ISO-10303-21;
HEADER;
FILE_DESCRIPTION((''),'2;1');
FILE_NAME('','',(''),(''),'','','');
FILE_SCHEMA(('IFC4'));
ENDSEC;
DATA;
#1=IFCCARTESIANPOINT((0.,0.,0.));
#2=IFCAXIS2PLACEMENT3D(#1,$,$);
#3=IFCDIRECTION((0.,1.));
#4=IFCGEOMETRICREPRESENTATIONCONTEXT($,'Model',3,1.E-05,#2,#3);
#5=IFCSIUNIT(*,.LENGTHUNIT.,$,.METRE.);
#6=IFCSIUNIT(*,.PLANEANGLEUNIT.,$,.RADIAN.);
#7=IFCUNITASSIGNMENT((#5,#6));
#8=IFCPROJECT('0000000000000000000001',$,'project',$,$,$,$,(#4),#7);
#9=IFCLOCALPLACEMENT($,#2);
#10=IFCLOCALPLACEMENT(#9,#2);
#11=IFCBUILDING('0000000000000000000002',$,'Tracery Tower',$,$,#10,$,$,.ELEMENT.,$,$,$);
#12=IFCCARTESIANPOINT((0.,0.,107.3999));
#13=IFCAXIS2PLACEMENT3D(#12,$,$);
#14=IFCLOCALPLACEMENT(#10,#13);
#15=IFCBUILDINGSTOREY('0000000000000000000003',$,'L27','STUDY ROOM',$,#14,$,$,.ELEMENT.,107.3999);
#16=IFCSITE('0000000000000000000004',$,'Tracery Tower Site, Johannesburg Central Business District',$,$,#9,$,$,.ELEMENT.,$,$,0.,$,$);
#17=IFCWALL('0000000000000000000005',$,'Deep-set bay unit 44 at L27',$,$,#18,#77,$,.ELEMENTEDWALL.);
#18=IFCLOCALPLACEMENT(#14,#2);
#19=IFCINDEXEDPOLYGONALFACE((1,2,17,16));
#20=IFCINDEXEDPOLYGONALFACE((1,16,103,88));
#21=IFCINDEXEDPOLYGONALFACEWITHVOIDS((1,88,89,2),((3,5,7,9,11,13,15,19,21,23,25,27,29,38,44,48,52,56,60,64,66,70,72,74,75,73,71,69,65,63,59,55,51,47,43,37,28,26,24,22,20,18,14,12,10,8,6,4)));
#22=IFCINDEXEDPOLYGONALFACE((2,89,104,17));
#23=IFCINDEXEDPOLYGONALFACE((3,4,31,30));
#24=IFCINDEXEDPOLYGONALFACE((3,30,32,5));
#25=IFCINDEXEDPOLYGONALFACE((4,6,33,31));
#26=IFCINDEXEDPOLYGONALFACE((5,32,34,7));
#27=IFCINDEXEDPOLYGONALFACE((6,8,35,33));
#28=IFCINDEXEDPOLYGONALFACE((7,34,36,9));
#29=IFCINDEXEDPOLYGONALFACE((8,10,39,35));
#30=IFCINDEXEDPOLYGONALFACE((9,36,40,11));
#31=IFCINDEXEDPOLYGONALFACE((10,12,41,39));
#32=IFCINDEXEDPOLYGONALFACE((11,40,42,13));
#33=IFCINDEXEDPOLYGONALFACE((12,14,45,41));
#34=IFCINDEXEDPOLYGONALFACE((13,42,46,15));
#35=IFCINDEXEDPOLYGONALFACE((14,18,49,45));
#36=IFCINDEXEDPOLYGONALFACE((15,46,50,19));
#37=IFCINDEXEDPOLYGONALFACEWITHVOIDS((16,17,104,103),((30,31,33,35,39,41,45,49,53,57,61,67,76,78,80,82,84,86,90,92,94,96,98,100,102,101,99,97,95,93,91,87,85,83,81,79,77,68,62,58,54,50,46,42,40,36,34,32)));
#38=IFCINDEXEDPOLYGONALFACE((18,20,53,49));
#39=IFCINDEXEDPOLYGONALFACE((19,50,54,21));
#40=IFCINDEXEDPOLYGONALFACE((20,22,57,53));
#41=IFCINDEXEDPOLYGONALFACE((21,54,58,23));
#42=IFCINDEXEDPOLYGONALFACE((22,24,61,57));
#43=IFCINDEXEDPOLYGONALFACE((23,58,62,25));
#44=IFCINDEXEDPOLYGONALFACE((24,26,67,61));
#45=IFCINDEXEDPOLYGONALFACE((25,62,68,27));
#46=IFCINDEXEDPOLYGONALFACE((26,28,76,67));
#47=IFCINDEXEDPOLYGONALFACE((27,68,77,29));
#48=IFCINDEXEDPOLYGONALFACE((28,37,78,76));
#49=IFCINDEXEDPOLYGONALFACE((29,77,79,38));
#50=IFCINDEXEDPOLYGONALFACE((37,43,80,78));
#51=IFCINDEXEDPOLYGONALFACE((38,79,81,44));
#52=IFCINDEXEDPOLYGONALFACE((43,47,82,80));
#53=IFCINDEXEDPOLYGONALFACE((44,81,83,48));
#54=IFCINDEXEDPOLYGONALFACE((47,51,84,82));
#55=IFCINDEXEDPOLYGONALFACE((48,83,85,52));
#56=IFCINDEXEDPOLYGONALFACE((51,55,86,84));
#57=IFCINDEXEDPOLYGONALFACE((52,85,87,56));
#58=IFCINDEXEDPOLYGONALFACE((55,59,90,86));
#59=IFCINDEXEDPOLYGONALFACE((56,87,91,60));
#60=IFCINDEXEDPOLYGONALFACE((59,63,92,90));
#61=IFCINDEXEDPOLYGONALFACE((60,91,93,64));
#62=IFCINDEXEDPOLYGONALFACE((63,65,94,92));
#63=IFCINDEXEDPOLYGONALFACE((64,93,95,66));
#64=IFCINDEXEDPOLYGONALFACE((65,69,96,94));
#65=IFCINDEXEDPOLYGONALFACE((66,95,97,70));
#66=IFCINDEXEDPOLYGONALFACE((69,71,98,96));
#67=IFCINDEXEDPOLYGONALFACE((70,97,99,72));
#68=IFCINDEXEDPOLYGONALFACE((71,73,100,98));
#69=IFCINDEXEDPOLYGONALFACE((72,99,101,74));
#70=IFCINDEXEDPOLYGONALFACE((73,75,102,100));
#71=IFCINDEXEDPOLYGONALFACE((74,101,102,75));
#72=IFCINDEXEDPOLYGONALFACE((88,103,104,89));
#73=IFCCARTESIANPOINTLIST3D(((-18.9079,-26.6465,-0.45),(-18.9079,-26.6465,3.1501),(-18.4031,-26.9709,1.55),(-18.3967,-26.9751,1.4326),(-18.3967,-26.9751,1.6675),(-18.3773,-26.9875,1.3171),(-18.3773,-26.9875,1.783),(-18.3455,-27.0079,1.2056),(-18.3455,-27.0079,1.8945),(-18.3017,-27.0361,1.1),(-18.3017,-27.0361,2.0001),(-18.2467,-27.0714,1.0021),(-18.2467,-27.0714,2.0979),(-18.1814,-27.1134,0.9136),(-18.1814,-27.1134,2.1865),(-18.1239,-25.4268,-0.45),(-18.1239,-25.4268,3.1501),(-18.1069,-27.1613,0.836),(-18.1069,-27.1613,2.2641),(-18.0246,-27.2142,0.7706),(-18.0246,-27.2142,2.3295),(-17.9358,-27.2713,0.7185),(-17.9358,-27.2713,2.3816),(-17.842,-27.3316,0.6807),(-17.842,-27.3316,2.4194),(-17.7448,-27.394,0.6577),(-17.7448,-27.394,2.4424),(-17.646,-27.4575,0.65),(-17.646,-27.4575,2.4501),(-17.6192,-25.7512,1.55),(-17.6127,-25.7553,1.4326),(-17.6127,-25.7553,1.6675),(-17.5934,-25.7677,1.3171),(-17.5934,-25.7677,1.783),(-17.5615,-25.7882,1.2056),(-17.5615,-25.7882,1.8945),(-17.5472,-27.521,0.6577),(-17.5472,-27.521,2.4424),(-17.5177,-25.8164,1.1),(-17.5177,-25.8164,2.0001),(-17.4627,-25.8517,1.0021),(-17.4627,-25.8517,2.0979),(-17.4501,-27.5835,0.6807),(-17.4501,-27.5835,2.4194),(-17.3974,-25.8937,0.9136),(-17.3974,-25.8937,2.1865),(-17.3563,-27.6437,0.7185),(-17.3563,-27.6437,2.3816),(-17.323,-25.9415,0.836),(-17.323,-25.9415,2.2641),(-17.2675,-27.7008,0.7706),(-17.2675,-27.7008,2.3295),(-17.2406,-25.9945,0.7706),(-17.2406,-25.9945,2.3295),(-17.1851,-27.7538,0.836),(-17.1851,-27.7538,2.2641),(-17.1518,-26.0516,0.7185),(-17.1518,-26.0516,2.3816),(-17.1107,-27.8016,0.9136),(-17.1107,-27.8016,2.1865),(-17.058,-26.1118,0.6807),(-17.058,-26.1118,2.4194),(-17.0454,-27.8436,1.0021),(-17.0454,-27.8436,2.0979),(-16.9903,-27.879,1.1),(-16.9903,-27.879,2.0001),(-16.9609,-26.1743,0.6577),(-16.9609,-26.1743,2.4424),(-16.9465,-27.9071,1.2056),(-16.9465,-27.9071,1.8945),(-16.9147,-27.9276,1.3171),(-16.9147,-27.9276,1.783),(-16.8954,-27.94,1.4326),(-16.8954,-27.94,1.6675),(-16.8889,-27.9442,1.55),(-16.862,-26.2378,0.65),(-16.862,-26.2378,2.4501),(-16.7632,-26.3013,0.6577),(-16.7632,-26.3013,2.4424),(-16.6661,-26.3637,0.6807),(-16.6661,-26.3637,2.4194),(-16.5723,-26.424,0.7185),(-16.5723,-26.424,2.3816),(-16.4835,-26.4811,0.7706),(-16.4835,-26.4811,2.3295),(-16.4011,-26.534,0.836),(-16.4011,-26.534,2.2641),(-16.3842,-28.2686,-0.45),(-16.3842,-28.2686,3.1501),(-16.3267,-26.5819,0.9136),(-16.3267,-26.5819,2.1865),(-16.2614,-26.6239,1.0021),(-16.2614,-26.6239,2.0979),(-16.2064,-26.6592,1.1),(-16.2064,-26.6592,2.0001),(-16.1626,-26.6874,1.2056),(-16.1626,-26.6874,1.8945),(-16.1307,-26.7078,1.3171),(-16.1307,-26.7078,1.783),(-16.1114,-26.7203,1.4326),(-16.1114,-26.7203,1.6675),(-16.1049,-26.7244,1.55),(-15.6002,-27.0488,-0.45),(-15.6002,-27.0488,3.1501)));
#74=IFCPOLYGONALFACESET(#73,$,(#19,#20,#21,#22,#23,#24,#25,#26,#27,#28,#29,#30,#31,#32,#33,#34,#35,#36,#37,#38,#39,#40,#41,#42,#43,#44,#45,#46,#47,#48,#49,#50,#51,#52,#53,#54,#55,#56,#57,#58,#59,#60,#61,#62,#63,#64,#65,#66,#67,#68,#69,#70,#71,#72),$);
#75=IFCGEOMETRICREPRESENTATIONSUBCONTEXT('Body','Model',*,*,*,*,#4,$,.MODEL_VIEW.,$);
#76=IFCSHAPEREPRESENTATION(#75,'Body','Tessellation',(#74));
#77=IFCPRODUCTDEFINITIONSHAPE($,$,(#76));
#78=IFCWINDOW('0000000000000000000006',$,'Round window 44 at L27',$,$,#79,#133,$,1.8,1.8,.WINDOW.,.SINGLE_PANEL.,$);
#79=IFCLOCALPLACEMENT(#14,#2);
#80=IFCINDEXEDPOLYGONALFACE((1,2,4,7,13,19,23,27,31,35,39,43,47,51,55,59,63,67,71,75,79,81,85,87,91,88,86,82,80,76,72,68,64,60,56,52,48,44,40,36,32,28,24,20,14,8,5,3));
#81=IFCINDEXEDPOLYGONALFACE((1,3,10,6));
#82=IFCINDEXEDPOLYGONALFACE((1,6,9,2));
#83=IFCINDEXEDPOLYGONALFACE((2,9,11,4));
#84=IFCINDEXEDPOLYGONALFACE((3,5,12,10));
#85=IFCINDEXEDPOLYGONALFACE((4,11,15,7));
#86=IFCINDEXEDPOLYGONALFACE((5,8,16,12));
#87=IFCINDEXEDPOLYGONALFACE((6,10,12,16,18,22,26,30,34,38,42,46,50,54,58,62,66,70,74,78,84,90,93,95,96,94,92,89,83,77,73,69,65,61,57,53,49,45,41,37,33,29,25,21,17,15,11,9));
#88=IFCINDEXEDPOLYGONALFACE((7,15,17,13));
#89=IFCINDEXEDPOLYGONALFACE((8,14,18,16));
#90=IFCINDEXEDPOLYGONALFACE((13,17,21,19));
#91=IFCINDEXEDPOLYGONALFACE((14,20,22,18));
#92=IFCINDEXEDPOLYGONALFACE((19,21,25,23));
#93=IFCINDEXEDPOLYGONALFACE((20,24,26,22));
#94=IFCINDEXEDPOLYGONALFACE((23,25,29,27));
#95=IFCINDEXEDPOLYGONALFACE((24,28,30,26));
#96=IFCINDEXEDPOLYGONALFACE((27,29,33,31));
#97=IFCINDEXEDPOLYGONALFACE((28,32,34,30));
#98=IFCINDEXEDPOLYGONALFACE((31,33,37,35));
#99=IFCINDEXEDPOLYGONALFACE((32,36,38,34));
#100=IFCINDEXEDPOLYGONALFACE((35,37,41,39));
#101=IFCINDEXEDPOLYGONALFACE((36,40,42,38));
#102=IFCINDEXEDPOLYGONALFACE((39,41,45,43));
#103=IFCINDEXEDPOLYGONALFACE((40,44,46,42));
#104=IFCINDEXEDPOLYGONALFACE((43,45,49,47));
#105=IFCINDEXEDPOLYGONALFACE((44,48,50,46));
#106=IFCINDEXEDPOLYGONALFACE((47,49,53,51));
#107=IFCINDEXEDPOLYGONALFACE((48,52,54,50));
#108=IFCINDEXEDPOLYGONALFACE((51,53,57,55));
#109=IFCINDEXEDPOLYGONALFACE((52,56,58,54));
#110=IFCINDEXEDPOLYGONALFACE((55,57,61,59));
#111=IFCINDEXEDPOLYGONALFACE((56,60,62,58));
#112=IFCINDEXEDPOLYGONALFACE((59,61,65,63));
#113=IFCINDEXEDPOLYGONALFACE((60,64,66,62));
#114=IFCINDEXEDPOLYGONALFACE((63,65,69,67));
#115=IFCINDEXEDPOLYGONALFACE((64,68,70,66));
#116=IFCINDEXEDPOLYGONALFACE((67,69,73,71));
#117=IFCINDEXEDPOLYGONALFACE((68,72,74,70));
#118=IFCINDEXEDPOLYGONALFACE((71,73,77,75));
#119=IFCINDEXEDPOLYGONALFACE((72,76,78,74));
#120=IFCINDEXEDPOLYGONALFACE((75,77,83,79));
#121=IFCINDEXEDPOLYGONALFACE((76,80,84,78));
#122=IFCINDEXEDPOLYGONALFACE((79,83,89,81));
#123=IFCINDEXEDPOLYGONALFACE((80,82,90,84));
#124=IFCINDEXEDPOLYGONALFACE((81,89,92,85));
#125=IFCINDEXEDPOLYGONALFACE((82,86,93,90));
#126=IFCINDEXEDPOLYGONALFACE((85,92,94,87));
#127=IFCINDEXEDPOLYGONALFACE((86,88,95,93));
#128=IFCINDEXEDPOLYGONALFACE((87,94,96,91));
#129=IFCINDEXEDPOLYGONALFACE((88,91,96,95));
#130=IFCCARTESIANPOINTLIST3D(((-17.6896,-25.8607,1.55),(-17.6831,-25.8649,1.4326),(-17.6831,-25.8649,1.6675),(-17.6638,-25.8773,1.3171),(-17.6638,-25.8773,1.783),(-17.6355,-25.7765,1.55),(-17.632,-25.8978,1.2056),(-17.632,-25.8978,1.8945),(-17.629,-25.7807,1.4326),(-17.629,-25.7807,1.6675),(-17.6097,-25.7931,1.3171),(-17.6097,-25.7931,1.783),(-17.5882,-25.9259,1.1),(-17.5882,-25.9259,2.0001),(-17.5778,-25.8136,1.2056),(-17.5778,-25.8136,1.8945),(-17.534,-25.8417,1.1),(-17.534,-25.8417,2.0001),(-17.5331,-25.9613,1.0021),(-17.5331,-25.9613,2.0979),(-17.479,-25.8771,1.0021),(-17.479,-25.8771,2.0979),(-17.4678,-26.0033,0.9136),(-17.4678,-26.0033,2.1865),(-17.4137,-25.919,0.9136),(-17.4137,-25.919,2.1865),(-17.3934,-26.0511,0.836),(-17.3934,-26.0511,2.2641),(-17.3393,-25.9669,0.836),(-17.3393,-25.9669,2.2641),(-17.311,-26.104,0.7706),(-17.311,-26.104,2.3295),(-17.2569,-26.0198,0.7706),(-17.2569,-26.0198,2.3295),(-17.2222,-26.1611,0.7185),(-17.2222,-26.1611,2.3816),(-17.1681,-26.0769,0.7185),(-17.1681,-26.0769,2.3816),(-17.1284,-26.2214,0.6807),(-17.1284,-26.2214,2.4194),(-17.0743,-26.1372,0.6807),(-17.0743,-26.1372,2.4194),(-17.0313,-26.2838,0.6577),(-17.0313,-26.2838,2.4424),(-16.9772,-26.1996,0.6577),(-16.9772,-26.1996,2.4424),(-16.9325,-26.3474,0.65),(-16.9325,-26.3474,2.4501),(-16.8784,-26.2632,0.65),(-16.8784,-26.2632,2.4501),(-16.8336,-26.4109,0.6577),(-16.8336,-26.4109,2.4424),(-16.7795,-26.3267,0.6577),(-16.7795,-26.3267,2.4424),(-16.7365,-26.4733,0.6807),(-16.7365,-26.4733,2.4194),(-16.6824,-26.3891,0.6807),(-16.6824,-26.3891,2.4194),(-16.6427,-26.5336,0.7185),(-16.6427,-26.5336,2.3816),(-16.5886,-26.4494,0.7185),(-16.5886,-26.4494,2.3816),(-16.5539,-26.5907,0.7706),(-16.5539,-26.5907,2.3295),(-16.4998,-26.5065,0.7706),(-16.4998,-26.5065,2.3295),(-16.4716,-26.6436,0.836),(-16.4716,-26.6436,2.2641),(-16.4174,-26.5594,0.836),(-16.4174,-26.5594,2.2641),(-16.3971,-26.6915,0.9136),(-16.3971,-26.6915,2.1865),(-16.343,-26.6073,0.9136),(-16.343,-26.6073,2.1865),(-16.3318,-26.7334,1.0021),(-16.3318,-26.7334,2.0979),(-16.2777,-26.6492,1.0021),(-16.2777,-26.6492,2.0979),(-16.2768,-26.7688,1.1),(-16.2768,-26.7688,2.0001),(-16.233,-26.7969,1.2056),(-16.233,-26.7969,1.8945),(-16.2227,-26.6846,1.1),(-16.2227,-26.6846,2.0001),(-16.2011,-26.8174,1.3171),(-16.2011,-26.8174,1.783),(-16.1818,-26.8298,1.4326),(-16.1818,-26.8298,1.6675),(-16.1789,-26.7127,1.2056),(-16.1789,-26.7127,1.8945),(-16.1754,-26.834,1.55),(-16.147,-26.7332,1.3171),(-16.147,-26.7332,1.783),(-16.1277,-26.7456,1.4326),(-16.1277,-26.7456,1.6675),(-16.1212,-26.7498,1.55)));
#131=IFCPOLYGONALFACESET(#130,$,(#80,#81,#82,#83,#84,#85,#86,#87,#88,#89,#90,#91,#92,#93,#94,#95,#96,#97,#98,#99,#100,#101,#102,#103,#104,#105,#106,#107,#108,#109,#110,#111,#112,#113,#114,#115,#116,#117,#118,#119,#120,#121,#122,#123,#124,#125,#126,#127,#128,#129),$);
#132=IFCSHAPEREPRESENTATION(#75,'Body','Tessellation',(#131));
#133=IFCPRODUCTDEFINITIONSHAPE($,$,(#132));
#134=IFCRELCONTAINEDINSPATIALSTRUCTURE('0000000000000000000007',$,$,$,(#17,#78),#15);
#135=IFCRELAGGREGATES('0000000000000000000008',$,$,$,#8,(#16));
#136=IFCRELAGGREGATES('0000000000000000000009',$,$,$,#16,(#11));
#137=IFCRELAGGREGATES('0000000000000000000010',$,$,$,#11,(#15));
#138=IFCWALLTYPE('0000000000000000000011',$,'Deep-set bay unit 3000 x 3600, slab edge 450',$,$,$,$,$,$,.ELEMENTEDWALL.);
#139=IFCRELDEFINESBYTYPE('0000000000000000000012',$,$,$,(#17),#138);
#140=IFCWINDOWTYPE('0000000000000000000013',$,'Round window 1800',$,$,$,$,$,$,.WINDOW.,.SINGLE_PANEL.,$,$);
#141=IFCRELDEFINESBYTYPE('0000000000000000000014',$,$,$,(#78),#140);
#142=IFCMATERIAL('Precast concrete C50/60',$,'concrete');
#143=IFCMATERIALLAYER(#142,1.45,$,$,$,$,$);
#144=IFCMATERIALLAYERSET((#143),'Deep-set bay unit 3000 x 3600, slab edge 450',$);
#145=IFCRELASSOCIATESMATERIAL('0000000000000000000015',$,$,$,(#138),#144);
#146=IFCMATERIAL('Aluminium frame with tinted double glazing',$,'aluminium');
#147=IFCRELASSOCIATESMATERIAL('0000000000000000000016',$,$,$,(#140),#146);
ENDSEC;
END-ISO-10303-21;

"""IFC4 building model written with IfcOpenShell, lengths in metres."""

from ifc_helpers import new_model, si_unit, direction, frame, frame_2d, origin, origin_2d, place, context, subcontext, project, spatial, rectangle, circle, extrude, material, layer, layer_set, type_object, element, fill, save


model = new_model("IFC4")

# Units and contexts
model_context = context("Model", 3, precision=1e-05, world=origin(), true_north=direction((0.0, 1.0)))
body_context = subcontext(model_context, "Body", "Model", "MODEL_VIEW")
ifc_project = project(units=[si_unit("LENGTHUNIT", "METRE"), si_unit("PLANEANGLEUNIT", "RADIAN")], contexts=[model_context])

# Site, building, storey
site_placement = place(None, origin())
site = spatial("IfcSite", under=ifc_project, at=site_placement, Name="Tracery Tower Site, Johannesburg Central Business District", CompositionType="ELEMENT", RefElevation=0.0)
building_placement = place(site_placement, origin())
building = spatial("IfcBuilding", under=site, at=building_placement, Name="Tracery Tower", CompositionType="ELEMENT")
storey_placement = place(building_placement, frame((0.0, 0.0, 107.3999)))
storey = spatial("IfcBuildingStorey", under=building, at=storey_placement, Name="L27", Description="STUDY ROOM", CompositionType="ELEMENT", Elevation=107.3999)

# Wall, opening, window
ifc_material_1 = material(Name="Precast concrete C50/60", Category="concrete")
ifc_layer_1 = layer(ifc_material_1, 1.45)
ifc_layer_set_1 = layer_set([ifc_layer_1], Name="Deep-set bay unit 3000 x 3600, slab edge 450")
wall_type_1 = type_object("IfcWallType", Name="Deep-set bay unit 3000 x 3600, slab edge 450", PredefinedType="ELEMENTEDWALL", material=ifc_layer_set_1)
ifc_material_2 = material(Name="Aluminium frame with tinted double glazing", Category="aluminium")
window_type = type_object("IfcWindowType", Name="Round window 1800", PartitioningType="SINGLE_PANEL", PredefinedType="WINDOW", material=ifc_material_2)
wall_1_placement = place(storey_placement, frame((-18.5159, -26.0366, -0.45), z_axis=(0.0, 0.0, 1.0), x_axis=(0.841223, -0.540688, 0.0)))
wall_1 = element("IfcWall", 1, at=wall_1_placement, inside=storey, type_object=wall_type_1, Name="Deep-set bay unit 44 at L27", PredefinedType="ELEMENTEDWALL", context=body_context, shape_type="SweptSolid", body=[
    extrude(rectangle(XDim=3.0, YDim=1.45, at=frame_2d((1.5, 0.0))), origin(), (0.0, 0.0, 1.0), 3.6001),
])
opening_1_placement = place(wall_1_placement, frame((1.5, 0.0, 2.0)))
opening_1 = element("IfcOpeningElement", 2, at=opening_1_placement, cuts=wall_1, PredefinedType="OPENING", context=body_context, shape_type="SweptSolid", body=[
    extrude(circle(Radius=0.9, at=origin_2d()), frame((0.0, 0.7349, 0.0), z_axis=(0.0, -1.0, 0.0), x_axis=(1.0, 0.0, 0.0)), (0.0, 0.0, 1.0), 1.47),
])
window_1_placement = place(opening_1_placement, origin())
window_1 = element("IfcWindow", 3, at=window_1_placement, inside=storey, type_object=window_type, Name="Round window 44 at L27", OverallHeight=1.8, OverallWidth=1.8, PartitioningType="SINGLE_PANEL", PredefinedType="WINDOW", context=body_context, shape_type="SweptSolid", body=[
    extrude(circle(Radius=0.9, at=origin_2d()), frame((0.0, 0.6948, 0.0), z_axis=(0.0, -1.0, 0.0), x_axis=(1.0, 0.0, 0.0)), (0.0, 0.0, 1.0), 0.1001),
])
fill(opening_1, window_1)

save(model, "model.ifc")
